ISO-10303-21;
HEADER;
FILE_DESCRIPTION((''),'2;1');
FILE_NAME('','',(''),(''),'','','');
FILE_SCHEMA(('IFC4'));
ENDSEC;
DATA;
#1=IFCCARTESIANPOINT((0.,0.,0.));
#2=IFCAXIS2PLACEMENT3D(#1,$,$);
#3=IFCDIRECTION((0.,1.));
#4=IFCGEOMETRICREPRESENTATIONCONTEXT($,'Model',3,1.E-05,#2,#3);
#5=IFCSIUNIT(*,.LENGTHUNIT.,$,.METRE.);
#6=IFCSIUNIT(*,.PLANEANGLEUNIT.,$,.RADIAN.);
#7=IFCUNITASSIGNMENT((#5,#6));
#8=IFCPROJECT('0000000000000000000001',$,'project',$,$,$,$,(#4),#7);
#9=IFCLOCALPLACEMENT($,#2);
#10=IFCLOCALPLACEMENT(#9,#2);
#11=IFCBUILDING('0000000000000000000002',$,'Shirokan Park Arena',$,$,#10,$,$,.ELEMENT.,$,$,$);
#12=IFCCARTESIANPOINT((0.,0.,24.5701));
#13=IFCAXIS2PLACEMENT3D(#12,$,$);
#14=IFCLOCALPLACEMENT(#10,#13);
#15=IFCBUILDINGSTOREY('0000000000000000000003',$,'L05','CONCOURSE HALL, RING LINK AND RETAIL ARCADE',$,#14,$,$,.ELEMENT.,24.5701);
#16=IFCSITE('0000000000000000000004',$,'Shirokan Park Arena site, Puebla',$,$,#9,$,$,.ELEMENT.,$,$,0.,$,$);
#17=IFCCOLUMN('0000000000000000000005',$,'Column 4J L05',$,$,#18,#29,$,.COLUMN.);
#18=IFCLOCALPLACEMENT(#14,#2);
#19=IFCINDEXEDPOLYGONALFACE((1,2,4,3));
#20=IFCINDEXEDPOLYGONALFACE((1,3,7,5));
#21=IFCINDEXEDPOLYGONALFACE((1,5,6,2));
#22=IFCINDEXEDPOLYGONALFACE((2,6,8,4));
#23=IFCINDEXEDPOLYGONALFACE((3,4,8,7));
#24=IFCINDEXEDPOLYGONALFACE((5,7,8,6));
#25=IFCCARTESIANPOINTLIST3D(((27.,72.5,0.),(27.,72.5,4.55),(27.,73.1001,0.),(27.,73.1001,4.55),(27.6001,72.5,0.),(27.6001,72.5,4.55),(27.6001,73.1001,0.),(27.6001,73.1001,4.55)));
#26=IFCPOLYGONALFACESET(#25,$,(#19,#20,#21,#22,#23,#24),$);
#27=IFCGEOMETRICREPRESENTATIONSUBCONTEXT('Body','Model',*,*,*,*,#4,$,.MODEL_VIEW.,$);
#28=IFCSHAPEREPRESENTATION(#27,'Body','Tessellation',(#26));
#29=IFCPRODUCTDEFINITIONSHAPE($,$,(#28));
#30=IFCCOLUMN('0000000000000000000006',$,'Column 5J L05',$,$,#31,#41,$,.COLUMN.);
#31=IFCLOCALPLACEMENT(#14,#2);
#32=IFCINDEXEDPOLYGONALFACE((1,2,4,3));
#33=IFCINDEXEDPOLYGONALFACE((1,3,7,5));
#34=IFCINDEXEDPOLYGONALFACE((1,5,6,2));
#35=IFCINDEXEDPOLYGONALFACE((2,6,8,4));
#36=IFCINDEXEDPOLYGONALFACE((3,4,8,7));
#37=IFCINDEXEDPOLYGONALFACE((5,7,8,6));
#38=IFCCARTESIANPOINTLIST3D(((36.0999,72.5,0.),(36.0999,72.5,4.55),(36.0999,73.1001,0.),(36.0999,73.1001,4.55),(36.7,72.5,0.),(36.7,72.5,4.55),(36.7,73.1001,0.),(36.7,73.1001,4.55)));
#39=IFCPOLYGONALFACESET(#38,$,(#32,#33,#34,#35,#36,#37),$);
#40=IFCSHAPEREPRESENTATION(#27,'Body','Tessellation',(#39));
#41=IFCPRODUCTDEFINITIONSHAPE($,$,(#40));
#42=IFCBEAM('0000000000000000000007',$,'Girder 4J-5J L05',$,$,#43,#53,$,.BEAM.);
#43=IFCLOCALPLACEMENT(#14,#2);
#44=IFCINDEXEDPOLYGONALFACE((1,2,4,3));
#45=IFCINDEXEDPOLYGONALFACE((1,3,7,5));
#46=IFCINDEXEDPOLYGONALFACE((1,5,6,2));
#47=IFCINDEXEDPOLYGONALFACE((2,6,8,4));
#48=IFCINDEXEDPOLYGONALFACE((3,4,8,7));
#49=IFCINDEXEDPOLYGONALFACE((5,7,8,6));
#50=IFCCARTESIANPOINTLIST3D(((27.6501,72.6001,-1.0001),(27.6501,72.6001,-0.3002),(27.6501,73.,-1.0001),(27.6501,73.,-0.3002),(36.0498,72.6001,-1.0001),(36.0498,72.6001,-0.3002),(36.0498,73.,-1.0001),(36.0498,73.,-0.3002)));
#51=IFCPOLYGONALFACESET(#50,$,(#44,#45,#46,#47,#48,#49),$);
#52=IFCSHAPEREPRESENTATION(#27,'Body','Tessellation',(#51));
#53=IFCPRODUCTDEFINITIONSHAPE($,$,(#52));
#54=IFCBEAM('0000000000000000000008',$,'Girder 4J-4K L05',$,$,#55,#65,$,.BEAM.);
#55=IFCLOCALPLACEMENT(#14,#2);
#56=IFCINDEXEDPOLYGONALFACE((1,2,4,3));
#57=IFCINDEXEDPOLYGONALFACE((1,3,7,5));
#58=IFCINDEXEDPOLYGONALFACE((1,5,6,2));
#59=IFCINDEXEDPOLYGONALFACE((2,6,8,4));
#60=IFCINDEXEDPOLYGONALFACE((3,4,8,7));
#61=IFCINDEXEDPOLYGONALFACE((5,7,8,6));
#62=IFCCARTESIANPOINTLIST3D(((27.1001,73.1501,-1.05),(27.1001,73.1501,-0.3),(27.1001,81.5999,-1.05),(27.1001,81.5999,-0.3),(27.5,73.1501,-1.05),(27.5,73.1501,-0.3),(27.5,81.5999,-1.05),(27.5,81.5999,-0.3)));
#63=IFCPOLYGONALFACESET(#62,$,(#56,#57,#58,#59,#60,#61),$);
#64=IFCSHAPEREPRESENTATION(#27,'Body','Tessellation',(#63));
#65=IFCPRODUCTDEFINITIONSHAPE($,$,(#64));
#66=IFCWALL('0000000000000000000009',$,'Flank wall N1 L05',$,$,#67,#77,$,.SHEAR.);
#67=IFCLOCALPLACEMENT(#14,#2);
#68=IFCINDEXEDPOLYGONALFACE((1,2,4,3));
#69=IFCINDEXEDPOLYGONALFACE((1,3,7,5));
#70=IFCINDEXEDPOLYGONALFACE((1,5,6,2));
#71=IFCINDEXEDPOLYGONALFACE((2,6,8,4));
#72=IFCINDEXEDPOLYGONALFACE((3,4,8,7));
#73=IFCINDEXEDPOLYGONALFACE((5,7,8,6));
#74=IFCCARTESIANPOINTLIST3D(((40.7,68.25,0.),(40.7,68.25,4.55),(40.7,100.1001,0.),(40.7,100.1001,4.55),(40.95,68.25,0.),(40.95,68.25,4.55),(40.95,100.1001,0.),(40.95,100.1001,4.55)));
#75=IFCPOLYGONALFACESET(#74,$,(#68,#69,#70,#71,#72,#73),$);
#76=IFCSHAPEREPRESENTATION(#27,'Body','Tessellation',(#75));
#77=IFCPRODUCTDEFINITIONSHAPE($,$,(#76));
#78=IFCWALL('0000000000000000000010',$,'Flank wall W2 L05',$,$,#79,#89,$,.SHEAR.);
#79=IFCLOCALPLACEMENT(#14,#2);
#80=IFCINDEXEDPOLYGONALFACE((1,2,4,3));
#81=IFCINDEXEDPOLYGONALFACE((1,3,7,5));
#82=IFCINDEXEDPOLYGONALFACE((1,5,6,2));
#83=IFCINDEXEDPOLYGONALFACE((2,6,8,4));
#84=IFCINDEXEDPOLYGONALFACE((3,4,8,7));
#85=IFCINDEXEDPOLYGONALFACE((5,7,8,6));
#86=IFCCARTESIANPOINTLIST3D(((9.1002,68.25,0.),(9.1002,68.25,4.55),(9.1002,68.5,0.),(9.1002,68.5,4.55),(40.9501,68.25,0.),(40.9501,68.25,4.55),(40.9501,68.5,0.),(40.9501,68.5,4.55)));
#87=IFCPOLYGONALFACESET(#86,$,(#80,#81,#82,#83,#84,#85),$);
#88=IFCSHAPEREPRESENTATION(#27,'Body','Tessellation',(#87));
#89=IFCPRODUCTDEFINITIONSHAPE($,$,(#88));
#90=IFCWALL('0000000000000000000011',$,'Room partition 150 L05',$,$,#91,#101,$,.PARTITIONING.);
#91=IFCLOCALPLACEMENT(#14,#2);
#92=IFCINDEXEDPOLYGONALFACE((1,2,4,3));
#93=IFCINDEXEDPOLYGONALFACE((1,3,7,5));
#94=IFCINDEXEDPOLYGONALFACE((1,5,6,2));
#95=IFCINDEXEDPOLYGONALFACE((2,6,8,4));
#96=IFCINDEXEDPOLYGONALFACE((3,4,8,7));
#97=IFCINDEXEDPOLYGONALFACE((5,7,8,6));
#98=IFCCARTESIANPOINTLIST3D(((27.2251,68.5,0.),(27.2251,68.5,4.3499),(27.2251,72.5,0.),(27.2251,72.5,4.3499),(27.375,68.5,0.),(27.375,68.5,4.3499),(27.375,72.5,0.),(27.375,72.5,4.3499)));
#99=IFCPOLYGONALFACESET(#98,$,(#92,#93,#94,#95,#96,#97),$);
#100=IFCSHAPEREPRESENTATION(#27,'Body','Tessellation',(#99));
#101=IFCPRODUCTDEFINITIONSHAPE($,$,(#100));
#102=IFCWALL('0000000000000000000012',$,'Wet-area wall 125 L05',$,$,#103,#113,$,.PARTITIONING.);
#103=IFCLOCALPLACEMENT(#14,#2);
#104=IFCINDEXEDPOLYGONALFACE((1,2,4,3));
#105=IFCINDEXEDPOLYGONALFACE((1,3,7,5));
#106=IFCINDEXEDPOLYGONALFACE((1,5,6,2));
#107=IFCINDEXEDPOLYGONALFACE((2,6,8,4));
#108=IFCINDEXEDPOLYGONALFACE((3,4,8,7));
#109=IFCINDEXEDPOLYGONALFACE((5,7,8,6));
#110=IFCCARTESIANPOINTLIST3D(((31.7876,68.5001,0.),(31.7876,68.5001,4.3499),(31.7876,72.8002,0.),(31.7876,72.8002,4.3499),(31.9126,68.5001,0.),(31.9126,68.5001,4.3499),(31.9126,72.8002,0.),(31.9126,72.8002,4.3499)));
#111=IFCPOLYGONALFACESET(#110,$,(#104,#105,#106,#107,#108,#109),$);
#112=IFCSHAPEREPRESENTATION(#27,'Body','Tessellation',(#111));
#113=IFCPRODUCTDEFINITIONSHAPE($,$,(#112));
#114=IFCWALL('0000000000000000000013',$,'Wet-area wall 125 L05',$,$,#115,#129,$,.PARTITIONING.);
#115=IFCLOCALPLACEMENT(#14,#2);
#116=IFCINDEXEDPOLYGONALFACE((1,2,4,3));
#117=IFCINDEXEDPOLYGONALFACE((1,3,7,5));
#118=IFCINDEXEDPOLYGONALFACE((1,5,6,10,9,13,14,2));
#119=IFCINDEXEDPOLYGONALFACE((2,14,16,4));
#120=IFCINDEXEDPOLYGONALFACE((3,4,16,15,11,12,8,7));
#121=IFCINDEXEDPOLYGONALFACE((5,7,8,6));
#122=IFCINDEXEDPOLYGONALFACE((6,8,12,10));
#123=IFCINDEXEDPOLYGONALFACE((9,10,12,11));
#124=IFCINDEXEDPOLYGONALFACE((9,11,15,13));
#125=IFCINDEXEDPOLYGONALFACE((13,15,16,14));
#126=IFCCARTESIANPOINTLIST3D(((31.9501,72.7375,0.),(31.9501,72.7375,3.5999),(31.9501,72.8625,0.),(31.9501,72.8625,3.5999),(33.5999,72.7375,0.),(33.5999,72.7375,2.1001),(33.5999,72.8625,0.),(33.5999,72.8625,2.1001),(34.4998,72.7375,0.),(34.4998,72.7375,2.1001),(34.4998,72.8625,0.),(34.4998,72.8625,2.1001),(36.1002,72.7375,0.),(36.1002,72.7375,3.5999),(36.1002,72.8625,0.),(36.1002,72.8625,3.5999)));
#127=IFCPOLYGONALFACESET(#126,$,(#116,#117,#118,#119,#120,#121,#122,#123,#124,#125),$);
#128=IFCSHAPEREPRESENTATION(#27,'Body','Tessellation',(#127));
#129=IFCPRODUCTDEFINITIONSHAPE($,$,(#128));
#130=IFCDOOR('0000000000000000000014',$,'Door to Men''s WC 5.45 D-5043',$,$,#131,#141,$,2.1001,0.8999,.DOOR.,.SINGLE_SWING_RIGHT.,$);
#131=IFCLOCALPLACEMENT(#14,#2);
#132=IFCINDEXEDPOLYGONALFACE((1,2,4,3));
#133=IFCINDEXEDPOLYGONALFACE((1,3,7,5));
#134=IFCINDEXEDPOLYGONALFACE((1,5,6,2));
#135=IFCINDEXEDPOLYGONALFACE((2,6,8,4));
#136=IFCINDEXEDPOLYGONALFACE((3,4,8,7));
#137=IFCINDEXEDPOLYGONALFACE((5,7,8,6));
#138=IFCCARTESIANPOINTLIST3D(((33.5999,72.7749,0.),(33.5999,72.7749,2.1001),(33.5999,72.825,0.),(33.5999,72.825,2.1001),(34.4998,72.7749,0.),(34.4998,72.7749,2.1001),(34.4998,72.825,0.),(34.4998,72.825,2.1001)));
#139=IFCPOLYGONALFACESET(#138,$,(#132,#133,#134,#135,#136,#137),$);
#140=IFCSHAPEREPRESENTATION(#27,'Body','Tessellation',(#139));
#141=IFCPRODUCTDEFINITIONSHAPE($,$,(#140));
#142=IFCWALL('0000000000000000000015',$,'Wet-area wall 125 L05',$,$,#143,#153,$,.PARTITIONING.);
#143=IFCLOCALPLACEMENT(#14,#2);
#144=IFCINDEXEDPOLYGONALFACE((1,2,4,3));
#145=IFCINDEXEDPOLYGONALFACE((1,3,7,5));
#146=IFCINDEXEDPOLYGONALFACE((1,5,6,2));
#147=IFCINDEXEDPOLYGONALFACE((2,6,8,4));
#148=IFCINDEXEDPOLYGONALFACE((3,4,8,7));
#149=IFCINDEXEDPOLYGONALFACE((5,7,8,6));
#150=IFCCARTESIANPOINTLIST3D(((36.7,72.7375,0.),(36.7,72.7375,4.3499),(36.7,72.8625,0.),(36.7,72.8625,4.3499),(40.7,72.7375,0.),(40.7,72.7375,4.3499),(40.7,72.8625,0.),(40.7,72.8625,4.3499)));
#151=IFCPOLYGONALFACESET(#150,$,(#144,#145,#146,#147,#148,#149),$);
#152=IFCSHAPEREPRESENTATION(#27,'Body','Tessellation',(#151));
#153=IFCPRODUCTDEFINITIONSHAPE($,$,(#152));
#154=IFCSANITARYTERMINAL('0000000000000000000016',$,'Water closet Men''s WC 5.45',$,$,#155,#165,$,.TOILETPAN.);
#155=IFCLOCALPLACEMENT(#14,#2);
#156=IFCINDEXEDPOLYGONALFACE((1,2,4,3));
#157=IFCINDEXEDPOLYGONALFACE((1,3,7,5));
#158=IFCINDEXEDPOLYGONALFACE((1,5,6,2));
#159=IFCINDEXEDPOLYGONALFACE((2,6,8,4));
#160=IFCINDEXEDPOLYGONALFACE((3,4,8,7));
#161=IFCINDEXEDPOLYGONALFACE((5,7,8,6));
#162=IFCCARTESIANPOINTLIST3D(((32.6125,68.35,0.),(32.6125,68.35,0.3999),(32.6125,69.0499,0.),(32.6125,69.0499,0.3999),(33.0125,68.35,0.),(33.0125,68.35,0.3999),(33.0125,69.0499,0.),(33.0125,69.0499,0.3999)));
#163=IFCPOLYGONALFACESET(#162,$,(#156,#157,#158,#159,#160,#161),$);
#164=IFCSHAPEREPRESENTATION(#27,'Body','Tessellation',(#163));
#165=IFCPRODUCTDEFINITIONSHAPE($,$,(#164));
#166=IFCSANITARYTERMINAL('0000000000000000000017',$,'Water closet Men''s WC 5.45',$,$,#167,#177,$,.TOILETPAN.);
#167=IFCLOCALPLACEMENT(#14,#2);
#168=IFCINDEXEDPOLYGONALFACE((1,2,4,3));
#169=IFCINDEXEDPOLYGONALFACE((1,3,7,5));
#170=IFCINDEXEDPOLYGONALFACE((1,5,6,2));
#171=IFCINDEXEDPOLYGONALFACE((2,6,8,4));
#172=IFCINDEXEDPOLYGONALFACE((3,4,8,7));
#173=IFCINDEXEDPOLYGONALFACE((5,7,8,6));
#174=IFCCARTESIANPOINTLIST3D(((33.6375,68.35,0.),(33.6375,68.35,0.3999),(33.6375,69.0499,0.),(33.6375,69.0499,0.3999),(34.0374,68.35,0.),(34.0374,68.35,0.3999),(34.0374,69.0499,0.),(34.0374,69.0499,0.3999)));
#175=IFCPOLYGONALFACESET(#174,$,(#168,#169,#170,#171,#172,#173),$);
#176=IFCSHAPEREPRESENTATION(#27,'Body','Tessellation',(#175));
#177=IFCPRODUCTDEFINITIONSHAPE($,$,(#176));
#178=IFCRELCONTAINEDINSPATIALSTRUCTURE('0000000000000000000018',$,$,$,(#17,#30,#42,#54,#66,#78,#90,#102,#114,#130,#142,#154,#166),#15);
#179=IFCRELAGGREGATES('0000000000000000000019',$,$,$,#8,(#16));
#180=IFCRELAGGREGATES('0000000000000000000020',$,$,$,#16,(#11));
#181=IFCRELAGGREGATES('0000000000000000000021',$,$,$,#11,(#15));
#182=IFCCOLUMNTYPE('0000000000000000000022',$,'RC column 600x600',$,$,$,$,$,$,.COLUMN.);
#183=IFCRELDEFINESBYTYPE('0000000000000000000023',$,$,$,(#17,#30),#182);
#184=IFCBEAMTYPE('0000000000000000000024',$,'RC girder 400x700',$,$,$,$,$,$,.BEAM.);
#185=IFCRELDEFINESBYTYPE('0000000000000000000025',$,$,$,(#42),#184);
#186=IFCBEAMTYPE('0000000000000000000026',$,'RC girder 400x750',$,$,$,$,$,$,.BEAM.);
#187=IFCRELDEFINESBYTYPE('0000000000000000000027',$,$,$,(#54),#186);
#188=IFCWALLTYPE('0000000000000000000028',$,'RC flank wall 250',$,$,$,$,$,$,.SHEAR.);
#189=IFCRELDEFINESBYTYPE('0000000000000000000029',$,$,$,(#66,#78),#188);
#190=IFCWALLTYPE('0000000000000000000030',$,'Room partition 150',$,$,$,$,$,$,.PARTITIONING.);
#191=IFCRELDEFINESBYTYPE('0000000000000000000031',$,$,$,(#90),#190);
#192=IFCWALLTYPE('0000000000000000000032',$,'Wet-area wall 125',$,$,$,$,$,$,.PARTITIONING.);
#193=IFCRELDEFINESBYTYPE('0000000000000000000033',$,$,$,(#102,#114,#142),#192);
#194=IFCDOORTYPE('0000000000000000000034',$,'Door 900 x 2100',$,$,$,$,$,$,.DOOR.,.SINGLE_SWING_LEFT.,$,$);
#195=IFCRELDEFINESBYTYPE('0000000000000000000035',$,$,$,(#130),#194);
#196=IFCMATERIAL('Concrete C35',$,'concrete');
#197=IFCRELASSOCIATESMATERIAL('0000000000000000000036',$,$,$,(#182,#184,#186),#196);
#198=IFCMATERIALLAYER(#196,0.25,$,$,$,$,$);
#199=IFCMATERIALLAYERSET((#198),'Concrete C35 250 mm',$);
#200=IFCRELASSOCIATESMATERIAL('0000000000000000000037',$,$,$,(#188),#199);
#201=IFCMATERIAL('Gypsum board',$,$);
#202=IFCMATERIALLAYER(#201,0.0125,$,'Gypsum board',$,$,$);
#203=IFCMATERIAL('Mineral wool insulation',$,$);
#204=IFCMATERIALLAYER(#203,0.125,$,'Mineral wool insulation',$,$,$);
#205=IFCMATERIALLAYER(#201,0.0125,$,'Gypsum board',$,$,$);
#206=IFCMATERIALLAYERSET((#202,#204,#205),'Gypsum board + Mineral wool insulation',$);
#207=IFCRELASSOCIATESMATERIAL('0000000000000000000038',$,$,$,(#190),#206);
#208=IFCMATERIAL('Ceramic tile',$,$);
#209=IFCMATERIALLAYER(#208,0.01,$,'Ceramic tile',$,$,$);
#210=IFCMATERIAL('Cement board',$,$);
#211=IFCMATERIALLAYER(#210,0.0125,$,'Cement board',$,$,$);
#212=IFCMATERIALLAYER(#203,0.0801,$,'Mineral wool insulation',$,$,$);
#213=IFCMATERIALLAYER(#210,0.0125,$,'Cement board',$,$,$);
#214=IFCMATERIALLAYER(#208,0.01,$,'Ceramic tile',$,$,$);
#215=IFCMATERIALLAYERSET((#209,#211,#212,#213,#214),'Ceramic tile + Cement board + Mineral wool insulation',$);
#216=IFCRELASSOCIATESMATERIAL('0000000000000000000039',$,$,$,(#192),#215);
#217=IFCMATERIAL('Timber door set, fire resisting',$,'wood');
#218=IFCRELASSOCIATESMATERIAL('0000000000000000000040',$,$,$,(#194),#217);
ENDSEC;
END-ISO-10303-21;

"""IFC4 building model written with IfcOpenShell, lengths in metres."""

from ifc_helpers import new_model, si_unit, direction, frame, frame_2d, origin, origin_2d, place, context, subcontext, project, spatial, rectangle, extrude, material, layer, layer_set, material_profile, profile_set, type_object, element, fill, save


model = new_model("IFC4")

# Units and contexts
model_context = context("Model", 3, precision=1e-05, world=origin(), true_north=direction((0.0, 1.0)))
body_context = subcontext(model_context, "Body", "Model", "MODEL_VIEW")
ifc_project = project(units=[si_unit("LENGTHUNIT", "METRE"), si_unit("PLANEANGLEUNIT", "RADIAN")], contexts=[model_context])

# Site, building, storey
site_placement = place(None, origin())
site = spatial("IfcSite", under=ifc_project, at=site_placement, Name="Shirokan Park Arena site, Puebla", CompositionType="ELEMENT", RefElevation=0.0)
building_placement = place(site_placement, origin())
building = spatial("IfcBuilding", under=site, at=building_placement, Name="Shirokan Park Arena", CompositionType="ELEMENT")
storey_placement = place(building_placement, frame((0.0, 0.0, 24.5701)))
storey = spatial("IfcBuildingStorey", under=building, at=storey_placement, Name="L05", Description="CONCOURSE HALL, RING LINK AND RETAIL ARCADE", CompositionType="ELEMENT", Elevation=24.5701)

# Columns
ifc_material_1 = material(Name="Concrete C35", Category="concrete")
ifc_material_profile_1 = material_profile(ifc_material_1, rectangle(XDim=0.6001, YDim=0.6001, at=origin_2d()), Name="600x600")
ifc_profile_set_1 = profile_set([ifc_material_profile_1], Name="Concrete C35")
column_type = type_object("IfcColumnType", Name="RC column 600x600", PredefinedType="COLUMN", material=ifc_profile_set_1)
for number, where, z_axis, x_axis, name in (
    (1, (27.3, 72.8, 0.0), (0.0, 0.0, 1.0), (1.0, 0.0, 0.0), "Column 4J L05"),
    (2, (36.3999, 72.8, 0.0), (0.0, 0.0, 1.0), (1.0, 0.0, 0.0), "Column 5J L05"),
):
    element("IfcColumn", number, at=place(storey_placement, frame(where, z_axis=z_axis, x_axis=x_axis)), inside=storey, type_object=column_type, Name=name, PredefinedType="COLUMN", context=body_context, shape_type="SweptSolid", body=[
        extrude(rectangle(XDim=0.6001, YDim=0.6001, at=origin_2d()), origin(), (0.0, 0.0, 1.0), 4.55),
    ])

# Beams
ifc_material_profile_2 = material_profile(ifc_material_1, rectangle(XDim=0.3999, YDim=0.7, at=origin_2d()), Name="400x700")
ifc_profile_set_2 = profile_set([ifc_material_profile_2], Name="Concrete C35")
beam_type_1 = type_object("IfcBeamType", Name="RC girder 400x700", PredefinedType="BEAM", material=ifc_profile_set_2)
beam_1_placement = place(storey_placement, frame((27.6501, 72.8, -0.6501), z_axis=(1.0, 0.0, 0.0), x_axis=(0.0, 1.0, 0.0)))
element("IfcBeam", 3, at=beam_1_placement, inside=storey, type_object=beam_type_1, Name="Girder 4J-5J L05", PredefinedType="BEAM", context=body_context, shape_type="SweptSolid", body=[
    extrude(rectangle(XDim=0.3999, YDim=0.7, at=origin_2d()), origin(), (0.0, 0.0, 1.0), 8.3997),
])
ifc_material_profile_3 = material_profile(ifc_material_1, rectangle(XDim=0.3999, YDim=0.75, at=origin_2d()), Name="400x750")
ifc_profile_set_3 = profile_set([ifc_material_profile_3], Name="Concrete C35")
beam_type_2 = type_object("IfcBeamType", Name="RC girder 400x750", PredefinedType="BEAM", material=ifc_profile_set_3)
beam_2_placement = place(storey_placement, frame((27.3, 73.1501, -0.675), z_axis=(0.0, 1.0, 0.0), x_axis=(-1.0, 0.0, 0.0)))
element("IfcBeam", 4, at=beam_2_placement, inside=storey, type_object=beam_type_2, Name="Girder 4J-4K L05", PredefinedType="BEAM", context=body_context, shape_type="SweptSolid", body=[
    extrude(rectangle(XDim=0.3999, YDim=0.75, at=origin_2d()), origin(), (0.0, 0.0, 1.0), 8.4497),
])

# Walls
ifc_layer_1 = layer(ifc_material_1, 0.25)
ifc_layer_set_1 = layer_set([ifc_layer_1], Name="Concrete C35 250 mm")
wall_type_1 = type_object("IfcWallType", Name="RC flank wall 250", PredefinedType="SHEAR", material=ifc_layer_set_1)
wall_1_placement = place(storey_placement, frame((40.825, 68.25, 0.0), z_axis=(0.0, 0.0, 1.0), x_axis=(0.0, 1.0, 0.0)))
element("IfcWall", 5, at=wall_1_placement, inside=storey, type_object=wall_type_1, Name="Flank wall N1 L05", PredefinedType="SHEAR", context=body_context, shape_type="SweptSolid", body=[
    extrude(rectangle(XDim=31.8501, YDim=0.25, at=frame_2d((15.925, 0.0))), origin(), (0.0, 0.0, 1.0), 4.55),
])
wall_2_placement = place(storey_placement, frame((40.95, 68.375, 0.0), z_axis=(0.0, 0.0, 1.0), x_axis=(-1.0, 0.0, 0.0)))
element("IfcWall", 6, at=wall_2_placement, inside=storey, type_object=wall_type_1, Name="Flank wall W2 L05", PredefinedType="SHEAR", context=body_context, shape_type="SweptSolid", body=[
    extrude(rectangle(XDim=31.8499, YDim=0.25, at=frame_2d((15.9248, 0.0))), origin(), (0.0, 0.0, 1.0), 4.55),
])
ifc_material_2 = material(Name="Gypsum board")
ifc_layer_2 = layer(ifc_material_2, 0.0125, Name="Gypsum board")
ifc_material_3 = material(Name="Mineral wool insulation")
ifc_layer_3 = layer(ifc_material_3, 0.125, Name="Mineral wool insulation")
ifc_layer_4 = layer(ifc_material_2, 0.0125, Name="Gypsum board")
ifc_layer_set_2 = layer_set([ifc_layer_2, ifc_layer_3, ifc_layer_4], Name="Gypsum board + Mineral wool insulation")
wall_type_2 = type_object("IfcWallType", Name="Room partition 150", PredefinedType="PARTITIONING", material=ifc_layer_set_2)
wall_3_placement = place(storey_placement, frame((27.3, 72.5, 0.0), z_axis=(0.0, 0.0, 1.0), x_axis=(0.0, -1.0, 0.0)))
element("IfcWall", 7, at=wall_3_placement, inside=storey, type_object=wall_type_2, Name="Room partition 150 L05", PredefinedType="PARTITIONING", context=body_context, shape_type="SweptSolid", body=[
    extrude(rectangle(XDim=4.0, YDim=0.1499, at=frame_2d((2.0, 0.0))), origin(), (0.0, 0.0, 1.0), 4.3499),
])
ifc_material_4 = material(Name="Ceramic tile")
ifc_layer_5 = layer(ifc_material_4, 0.01, Name="Ceramic tile")
ifc_material_5 = material(Name="Cement board")
ifc_layer_6 = layer(ifc_material_5, 0.0125, Name="Cement board")
ifc_layer_7 = layer(ifc_material_3, 0.0801, Name="Mineral wool insulation")
ifc_layer_8 = layer(ifc_material_5, 0.0125, Name="Cement board")
ifc_layer_9 = layer(ifc_material_4, 0.01, Name="Ceramic tile")
ifc_layer_set_3 = layer_set([ifc_layer_5, ifc_layer_6, ifc_layer_7, ifc_layer_8, ifc_layer_9], Name="Ceramic tile + Cement board + Mineral wool insulation")
wall_type_3 = type_object("IfcWallType", Name="Wet-area wall 125", PredefinedType="PARTITIONING", material=ifc_layer_set_3)
wall_4_placement = place(storey_placement, frame((31.8501, 72.8, 0.0), z_axis=(0.0, 0.0, 1.0), x_axis=(0.0, -1.0, 0.0)))
element("IfcWall", 8, at=wall_4_placement, inside=storey, type_object=wall_type_3, Name="Wet-area wall 125 L05", PredefinedType="PARTITIONING", context=body_context, shape_type="SweptSolid", body=[
    extrude(rectangle(XDim=4.3, YDim=0.125, at=frame_2d((2.1499, 0.0))), origin(), (0.0, 0.0, 1.0), 4.3499),
])

# Wall, opening, door
wall_5_placement = place(storey_placement, frame((31.95, 72.8, 0.0), z_axis=(0.0, 0.0, 1.0), x_axis=(1.0, 0.0, 0.0)))
wall_5 = element("IfcWall", 9, at=wall_5_placement, inside=storey, type_object=wall_type_3, Name="Wet-area wall 125 L05", PredefinedType="PARTITIONING", context=body_context, shape_type="SweptSolid", body=[
    extrude(rectangle(XDim=4.1501, YDim=0.125, at=frame_2d((2.0752, 0.0))), origin(), (0.0, 0.0, 1.0), 3.5999),
])
opening_placement = place(wall_5_placement, frame((1.6499, 0.0, 0.0)))
opening = element("IfcOpeningElement", 10, at=opening_placement, cuts=wall_5, PredefinedType="OPENING", context=body_context, shape_type="SweptSolid", body=[
    extrude(rectangle(XDim=0.8999, YDim=2.1001, at=frame_2d((0.45, 1.05))), frame((0.0, 0.0725, 0.0), z_axis=(0.0, -1.0, 0.0), x_axis=(1.0, 0.0, 0.0)), (0.0, 0.0, 1.0), 0.145),
])
ifc_material_6 = material(Name="Timber door set, fire resisting", Category="wood")
door_type = type_object("IfcDoorType", Name="Door 900 x 2100", OperationType="SINGLE_SWING_LEFT", PredefinedType="DOOR", material=ifc_material_6)
door_placement = place(opening_placement, origin())
door = element("IfcDoor", 11, at=door_placement, inside=storey, type_object=door_type, Name="Door to Men's WC 5.45 D-5043", OperationType="SINGLE_SWING_RIGHT", OverallHeight=2.1001, OverallWidth=0.8999, PredefinedType="DOOR", context=body_context, shape_type="SweptSolid", body=[
    extrude(rectangle(XDim=0.8999, YDim=2.1001, at=frame_2d((0.45, 1.05))), frame((0.0, 0.0249, 0.0), z_axis=(0.0, -1.0, 0.0), x_axis=(1.0, 0.0, 0.0)), (0.0, 0.0, 1.0), 0.05),
])
fill(opening, door)

# Wall
wall_6_placement = place(storey_placement, frame((36.7, 72.8, 0.0), z_axis=(0.0, 0.0, 1.0), x_axis=(1.0, 0.0, 0.0)))
element("IfcWall", 12, at=wall_6_placement, inside=storey, type_object=wall_type_3, Name="Wet-area wall 125 L05", PredefinedType="PARTITIONING", context=body_context, shape_type="SweptSolid", body=[
    extrude(rectangle(XDim=4.0, YDim=0.125, at=frame_2d((2.0, 0.0))), origin(), (0.0, 0.0, 1.0), 4.3499),
])

# Sanitary terminals
for number, where, z_axis, x_axis, name in (
    (13, (32.8125, 68.7, 0.0), (0.0, 0.0, 1.0), (1.0, 0.0, 0.0), "Water closet Men's WC 5.45"),
    (14, (33.8374, 68.7, 0.0), (0.0, 0.0, 1.0), (1.0, 0.0, 0.0), "Water closet Men's WC 5.45"),
):
    element("IfcSanitaryTerminal", number, at=place(storey_placement, frame(where, z_axis=z_axis, x_axis=x_axis)), inside=storey, Name=name, PredefinedType="TOILETPAN", context=body_context, shape_type="SweptSolid", body=[
        extrude(rectangle(XDim=0.3999, YDim=0.7, at=origin_2d()), origin(), (0.0, 0.0, 1.0), 0.3999),
    ])

save(model, "model.ifc")
